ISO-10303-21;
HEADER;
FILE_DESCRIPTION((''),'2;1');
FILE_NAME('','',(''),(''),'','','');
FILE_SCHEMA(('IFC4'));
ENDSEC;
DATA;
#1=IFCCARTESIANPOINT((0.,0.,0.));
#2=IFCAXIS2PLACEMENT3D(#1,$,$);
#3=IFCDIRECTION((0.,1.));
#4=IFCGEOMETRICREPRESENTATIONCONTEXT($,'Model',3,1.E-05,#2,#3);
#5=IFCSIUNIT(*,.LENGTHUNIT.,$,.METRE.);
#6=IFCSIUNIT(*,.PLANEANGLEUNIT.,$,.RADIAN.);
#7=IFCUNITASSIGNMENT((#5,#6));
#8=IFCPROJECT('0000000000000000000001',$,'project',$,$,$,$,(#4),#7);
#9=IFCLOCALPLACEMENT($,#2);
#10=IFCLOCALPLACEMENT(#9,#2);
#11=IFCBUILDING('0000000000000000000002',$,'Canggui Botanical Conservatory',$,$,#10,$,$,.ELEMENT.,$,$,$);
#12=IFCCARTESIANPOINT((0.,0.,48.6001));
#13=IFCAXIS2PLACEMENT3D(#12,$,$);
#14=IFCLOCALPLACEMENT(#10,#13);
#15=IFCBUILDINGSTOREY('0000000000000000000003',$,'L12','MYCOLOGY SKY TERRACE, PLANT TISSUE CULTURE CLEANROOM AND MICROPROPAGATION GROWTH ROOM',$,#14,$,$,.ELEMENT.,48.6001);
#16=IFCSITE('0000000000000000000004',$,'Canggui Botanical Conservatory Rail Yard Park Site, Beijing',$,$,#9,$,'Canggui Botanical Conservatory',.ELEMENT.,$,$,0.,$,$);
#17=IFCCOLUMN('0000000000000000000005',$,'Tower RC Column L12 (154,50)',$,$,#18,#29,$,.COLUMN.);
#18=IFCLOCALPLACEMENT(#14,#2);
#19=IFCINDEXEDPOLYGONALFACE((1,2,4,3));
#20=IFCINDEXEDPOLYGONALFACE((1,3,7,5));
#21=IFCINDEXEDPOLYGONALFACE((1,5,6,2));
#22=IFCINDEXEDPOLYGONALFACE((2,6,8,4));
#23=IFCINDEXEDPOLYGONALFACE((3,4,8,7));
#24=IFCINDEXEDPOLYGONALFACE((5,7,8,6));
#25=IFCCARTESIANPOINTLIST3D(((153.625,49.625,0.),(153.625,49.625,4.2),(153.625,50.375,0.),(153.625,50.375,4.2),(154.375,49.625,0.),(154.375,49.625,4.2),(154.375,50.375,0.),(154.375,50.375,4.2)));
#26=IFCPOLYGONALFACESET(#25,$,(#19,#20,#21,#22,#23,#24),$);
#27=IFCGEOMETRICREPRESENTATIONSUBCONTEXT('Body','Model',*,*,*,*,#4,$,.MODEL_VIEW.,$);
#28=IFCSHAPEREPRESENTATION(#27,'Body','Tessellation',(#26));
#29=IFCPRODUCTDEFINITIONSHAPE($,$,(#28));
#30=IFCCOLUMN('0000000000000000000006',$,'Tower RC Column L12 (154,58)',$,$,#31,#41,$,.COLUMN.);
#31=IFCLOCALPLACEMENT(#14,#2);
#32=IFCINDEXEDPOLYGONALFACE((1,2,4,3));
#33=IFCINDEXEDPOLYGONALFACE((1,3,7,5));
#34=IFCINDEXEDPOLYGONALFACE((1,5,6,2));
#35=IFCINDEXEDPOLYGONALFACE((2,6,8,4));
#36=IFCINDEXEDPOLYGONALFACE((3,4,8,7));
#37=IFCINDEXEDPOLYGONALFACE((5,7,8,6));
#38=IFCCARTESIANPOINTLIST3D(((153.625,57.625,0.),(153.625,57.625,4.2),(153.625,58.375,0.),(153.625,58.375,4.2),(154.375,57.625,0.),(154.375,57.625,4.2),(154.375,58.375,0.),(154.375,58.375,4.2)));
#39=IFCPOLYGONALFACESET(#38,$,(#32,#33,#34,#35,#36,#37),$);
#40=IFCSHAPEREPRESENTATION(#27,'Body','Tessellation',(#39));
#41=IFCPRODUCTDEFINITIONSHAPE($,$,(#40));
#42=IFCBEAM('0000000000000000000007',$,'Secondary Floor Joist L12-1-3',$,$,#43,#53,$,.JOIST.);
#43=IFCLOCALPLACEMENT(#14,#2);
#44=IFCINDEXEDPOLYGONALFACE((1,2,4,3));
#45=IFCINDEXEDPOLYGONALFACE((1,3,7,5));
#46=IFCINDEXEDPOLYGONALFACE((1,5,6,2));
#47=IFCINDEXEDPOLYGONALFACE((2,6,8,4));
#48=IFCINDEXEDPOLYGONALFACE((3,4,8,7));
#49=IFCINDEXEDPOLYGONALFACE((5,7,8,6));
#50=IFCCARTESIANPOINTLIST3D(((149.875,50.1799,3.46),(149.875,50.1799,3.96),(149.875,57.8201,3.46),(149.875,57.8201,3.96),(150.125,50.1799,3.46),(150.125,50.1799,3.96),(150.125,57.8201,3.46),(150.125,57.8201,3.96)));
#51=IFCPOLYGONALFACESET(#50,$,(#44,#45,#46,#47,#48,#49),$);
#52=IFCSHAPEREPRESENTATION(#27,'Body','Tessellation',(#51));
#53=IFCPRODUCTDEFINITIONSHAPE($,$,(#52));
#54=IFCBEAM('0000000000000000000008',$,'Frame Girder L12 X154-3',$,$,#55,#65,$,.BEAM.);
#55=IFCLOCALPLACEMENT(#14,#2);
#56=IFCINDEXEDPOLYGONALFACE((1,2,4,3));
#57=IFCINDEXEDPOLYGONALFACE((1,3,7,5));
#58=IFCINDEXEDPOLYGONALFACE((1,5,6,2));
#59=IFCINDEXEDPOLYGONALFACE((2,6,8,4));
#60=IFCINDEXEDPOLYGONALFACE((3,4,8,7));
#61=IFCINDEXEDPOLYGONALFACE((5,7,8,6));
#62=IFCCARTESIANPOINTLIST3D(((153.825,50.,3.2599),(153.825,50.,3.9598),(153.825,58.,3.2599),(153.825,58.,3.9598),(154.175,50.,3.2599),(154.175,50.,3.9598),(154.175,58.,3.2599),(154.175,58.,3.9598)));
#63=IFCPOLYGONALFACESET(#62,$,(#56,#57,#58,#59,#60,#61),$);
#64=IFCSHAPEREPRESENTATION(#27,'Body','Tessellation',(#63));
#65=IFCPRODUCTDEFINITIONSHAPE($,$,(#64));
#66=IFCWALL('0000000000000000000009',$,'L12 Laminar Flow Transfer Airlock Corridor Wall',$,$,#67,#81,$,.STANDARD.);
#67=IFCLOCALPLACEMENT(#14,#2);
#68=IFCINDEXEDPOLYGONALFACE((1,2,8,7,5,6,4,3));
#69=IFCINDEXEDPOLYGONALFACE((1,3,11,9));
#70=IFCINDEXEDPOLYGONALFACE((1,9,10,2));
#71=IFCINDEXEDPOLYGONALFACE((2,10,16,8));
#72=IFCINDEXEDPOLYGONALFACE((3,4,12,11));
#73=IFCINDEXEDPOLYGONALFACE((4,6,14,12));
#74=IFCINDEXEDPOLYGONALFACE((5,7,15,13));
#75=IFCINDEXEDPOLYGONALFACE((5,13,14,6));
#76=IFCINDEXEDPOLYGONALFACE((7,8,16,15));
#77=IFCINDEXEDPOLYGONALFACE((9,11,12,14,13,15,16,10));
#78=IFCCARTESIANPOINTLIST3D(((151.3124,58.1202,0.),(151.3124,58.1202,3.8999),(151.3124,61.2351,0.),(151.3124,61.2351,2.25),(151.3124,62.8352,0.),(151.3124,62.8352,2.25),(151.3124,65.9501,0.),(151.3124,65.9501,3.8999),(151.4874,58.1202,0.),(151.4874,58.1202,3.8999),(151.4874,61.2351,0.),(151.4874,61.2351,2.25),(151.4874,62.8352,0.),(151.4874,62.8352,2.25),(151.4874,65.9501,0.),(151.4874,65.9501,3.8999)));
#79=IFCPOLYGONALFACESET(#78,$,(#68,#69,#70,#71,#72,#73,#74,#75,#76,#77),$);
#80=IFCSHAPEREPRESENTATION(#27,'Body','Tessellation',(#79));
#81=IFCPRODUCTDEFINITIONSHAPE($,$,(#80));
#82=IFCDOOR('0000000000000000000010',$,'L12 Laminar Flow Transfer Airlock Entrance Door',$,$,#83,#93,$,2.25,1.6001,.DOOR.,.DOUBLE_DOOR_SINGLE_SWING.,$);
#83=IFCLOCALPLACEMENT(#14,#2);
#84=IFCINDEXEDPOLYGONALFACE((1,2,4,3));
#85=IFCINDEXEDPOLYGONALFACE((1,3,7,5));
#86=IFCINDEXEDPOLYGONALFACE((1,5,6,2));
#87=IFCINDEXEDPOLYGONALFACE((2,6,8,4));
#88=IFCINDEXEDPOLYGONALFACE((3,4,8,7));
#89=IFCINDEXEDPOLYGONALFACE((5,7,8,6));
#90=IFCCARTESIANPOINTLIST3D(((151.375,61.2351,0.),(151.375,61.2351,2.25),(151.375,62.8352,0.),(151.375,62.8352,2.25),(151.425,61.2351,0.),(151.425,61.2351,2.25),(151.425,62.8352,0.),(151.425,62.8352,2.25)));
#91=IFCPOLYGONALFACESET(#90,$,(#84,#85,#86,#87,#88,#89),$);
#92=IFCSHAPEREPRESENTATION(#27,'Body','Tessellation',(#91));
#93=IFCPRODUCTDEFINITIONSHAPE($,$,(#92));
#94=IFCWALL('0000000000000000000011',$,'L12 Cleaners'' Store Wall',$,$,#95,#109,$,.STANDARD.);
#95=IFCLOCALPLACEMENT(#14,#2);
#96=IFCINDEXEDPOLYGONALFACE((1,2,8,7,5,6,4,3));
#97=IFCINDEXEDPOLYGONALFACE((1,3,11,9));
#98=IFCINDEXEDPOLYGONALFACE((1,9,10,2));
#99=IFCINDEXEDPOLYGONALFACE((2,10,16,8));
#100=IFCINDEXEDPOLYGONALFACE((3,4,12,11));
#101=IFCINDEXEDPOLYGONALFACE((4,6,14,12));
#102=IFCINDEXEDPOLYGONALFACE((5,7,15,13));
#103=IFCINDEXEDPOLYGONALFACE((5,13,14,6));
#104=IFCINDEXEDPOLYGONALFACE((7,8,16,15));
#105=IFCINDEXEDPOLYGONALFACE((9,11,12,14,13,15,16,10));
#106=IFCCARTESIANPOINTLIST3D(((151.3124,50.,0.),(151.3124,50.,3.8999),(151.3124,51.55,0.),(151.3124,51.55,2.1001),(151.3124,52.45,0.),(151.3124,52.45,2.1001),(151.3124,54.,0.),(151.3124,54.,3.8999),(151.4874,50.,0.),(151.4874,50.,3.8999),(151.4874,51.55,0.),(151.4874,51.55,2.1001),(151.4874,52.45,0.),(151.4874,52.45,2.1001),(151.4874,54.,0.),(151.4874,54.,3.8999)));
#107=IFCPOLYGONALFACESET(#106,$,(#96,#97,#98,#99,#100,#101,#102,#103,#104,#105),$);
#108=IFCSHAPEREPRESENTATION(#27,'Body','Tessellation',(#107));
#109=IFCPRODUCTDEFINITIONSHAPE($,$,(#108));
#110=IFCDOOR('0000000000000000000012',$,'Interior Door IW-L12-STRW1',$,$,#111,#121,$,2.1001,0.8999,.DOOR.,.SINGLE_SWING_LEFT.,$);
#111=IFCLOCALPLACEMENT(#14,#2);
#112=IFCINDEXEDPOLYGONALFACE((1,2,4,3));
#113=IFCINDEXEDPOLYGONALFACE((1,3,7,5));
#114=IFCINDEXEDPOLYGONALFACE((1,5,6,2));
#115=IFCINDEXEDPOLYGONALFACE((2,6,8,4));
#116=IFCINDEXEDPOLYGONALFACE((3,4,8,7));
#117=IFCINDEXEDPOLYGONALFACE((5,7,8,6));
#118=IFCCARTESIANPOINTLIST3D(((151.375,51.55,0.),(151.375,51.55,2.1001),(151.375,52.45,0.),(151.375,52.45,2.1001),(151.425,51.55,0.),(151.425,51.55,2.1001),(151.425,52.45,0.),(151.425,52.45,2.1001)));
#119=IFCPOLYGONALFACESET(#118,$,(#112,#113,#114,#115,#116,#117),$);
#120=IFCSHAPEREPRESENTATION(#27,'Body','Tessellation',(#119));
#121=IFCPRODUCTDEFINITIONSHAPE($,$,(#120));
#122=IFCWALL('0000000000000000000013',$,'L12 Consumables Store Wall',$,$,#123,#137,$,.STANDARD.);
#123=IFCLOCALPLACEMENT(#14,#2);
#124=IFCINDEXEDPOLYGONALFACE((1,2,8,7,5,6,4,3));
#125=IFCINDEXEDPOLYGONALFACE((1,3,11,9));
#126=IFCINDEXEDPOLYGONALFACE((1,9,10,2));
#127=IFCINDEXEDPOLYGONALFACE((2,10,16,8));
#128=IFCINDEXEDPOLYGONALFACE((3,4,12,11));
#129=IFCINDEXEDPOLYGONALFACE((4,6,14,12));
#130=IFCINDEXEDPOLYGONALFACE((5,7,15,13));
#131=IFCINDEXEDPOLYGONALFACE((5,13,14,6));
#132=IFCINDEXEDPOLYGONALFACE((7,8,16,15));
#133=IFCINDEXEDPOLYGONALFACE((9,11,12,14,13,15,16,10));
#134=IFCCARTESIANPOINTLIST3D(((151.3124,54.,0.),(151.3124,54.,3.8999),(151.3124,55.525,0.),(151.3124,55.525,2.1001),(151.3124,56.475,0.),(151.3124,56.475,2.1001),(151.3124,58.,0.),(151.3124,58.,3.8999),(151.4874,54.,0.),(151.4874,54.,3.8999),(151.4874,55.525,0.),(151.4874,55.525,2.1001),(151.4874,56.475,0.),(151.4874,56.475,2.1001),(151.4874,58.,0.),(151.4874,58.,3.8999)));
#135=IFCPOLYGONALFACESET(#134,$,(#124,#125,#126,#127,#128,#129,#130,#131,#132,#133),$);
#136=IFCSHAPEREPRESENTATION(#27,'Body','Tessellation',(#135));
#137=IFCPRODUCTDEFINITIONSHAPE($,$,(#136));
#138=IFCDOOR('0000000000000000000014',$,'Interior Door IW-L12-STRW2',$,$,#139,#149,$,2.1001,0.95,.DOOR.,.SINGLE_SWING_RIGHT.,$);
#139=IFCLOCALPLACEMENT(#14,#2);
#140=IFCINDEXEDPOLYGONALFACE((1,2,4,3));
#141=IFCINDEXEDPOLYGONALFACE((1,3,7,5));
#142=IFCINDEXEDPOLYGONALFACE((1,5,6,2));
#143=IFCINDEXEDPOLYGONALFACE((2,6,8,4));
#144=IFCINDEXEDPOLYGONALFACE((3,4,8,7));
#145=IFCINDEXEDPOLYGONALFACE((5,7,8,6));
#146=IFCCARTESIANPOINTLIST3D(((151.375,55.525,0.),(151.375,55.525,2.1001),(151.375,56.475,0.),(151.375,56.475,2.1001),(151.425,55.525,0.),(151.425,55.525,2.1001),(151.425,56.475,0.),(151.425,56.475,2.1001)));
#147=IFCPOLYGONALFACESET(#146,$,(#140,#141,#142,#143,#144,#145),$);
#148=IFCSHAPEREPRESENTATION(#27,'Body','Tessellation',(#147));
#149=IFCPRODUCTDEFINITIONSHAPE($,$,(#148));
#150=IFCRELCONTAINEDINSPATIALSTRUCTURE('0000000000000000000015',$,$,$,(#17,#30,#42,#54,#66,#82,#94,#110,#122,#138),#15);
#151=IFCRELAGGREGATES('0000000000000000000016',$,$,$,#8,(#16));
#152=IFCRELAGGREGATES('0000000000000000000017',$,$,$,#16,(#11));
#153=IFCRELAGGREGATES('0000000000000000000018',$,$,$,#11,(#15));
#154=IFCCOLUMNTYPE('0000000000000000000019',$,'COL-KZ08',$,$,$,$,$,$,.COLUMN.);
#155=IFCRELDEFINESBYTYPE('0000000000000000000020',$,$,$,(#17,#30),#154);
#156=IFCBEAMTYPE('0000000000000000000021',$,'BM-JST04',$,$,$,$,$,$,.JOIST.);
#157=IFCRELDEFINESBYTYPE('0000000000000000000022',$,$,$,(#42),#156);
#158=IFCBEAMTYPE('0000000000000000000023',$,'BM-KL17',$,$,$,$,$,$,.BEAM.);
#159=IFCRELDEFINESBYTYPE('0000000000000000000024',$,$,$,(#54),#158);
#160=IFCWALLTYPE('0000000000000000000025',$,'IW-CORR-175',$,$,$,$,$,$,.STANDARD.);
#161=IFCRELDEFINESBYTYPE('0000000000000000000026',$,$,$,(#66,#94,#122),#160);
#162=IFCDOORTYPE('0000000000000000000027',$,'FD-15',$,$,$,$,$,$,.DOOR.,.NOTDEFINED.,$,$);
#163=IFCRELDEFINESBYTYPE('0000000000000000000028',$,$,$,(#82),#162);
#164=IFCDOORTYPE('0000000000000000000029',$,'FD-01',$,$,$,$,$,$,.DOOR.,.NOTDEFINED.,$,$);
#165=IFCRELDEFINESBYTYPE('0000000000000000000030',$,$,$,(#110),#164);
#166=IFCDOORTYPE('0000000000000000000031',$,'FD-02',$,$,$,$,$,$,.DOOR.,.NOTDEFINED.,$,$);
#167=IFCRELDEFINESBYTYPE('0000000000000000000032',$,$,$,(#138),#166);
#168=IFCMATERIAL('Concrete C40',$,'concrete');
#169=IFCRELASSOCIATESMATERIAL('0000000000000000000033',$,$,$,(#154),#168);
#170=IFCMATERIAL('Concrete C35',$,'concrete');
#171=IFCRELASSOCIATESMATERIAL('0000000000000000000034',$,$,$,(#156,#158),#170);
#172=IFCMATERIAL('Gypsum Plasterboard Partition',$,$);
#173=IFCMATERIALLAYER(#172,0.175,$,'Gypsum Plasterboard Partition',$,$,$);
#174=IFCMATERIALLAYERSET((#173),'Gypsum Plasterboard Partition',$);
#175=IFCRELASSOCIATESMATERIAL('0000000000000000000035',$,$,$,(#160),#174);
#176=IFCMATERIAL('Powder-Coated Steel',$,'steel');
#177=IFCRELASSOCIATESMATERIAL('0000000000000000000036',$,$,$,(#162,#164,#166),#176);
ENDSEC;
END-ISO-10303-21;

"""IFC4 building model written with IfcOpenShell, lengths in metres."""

from ifc_helpers import new_model, si_unit, direction, frame, frame_2d, origin, origin_2d, place, context, subcontext, project, spatial, rectangle, extrude, material, layer, layer_set, material_profile, profile_set, type_object, element, fill, save


model = new_model("IFC4")

# Units and contexts
model_context = context("Model", 3, precision=1e-05, world=origin(), true_north=direction((0.0, 1.0)))
body_context = subcontext(model_context, "Body", "Model", "MODEL_VIEW")
ifc_project = project(units=[si_unit("LENGTHUNIT", "METRE"), si_unit("PLANEANGLEUNIT", "RADIAN")], contexts=[model_context])

# Site, building, storey
site_placement = place(None, origin())
site = spatial("IfcSite", under=ifc_project, at=site_placement, Name="Canggui Botanical Conservatory Rail Yard Park Site, Beijing", LongName="Canggui Botanical Conservatory", CompositionType="ELEMENT", RefElevation=0.0)
building_placement = place(site_placement, origin())
building = spatial("IfcBuilding", under=site, at=building_placement, Name="Canggui Botanical Conservatory", CompositionType="ELEMENT")
storey_placement = place(building_placement, frame((0.0, 0.0, 48.6001)))
storey = spatial("IfcBuildingStorey", under=building, at=storey_placement, Name="L12", Description="MYCOLOGY SKY TERRACE, PLANT TISSUE CULTURE CLEANROOM AND MICROPROPAGATION GROWTH ROOM", CompositionType="ELEMENT", Elevation=48.6001)

# Columns
ifc_material_1 = material(Name="Concrete C40", Category="concrete")
ifc_material_profile_1 = material_profile(ifc_material_1, rectangle(XDim=0.75, YDim=0.75, at=origin_2d()), Name="RC 750x750")
ifc_profile_set_1 = profile_set([ifc_material_profile_1], Name="Concrete C40")
column_type = type_object("IfcColumnType", Name="COL-KZ08", PredefinedType="COLUMN", material=ifc_profile_set_1)
for number, where, z_axis, x_axis, name in (
    (1, (154.0, 50.0, 0.0), (0.0, 0.0, 1.0), (1.0, 0.0, 0.0), "Tower RC Column L12 (154,50)"),
    (2, (154.0, 58.0, 0.0), (0.0, 0.0, 1.0), (1.0, 0.0, 0.0), "Tower RC Column L12 (154,58)"),
):
    element("IfcColumn", number, at=place(storey_placement, frame(where, z_axis=z_axis, x_axis=x_axis)), inside=storey, type_object=column_type, Name=name, PredefinedType="COLUMN", context=body_context, shape_type="SweptSolid", body=[
        extrude(rectangle(XDim=0.75, YDim=0.75, at=origin_2d()), origin(), (0.0, 0.0, 1.0), 4.2),
    ])

# Beams
ifc_material_2 = material(Name="Concrete C35", Category="concrete")
ifc_material_profile_2 = material_profile(ifc_material_2, rectangle(XDim=0.25, YDim=0.5, at=origin_2d()), Name="RB 250x500")
ifc_profile_set_2 = profile_set([ifc_material_profile_2], Name="Concrete C35")
beam_type_1 = type_object("IfcBeamType", Name="BM-JST04", PredefinedType="JOIST", material=ifc_profile_set_2)
beam_1_placement = place(storey_placement, frame((150.0, 50.1799, 3.71), z_axis=(0.0, 1.0, 0.0), x_axis=(-1.0, 0.0, 0.0)))
element("IfcBeam", 3, at=beam_1_placement, inside=storey, type_object=beam_type_1, Name="Secondary Floor Joist L12-1-3", PredefinedType="JOIST", context=body_context, shape_type="SweptSolid", body=[
    extrude(rectangle(XDim=0.25, YDim=0.5, at=origin_2d()), origin(), (0.0, 0.0, 1.0), 7.6401),
])
ifc_material_profile_3 = material_profile(ifc_material_2, rectangle(XDim=0.3501, YDim=0.7, at=origin_2d()), Name="RB 350x700")
ifc_profile_set_3 = profile_set([ifc_material_profile_3], Name="Concrete C35")
beam_type_2 = type_object("IfcBeamType", Name="BM-KL17", PredefinedType="BEAM", material=ifc_profile_set_3)
beam_2_placement = place(storey_placement, frame((154.0, 50.0, 3.6099), z_axis=(0.0, 1.0, 0.0), x_axis=(-1.0, 0.0, 0.0)))
element("IfcBeam", 4, at=beam_2_placement, inside=storey, type_object=beam_type_2, Name="Frame Girder L12 X154-3", PredefinedType="BEAM", context=body_context, shape_type="SweptSolid", body=[
    extrude(rectangle(XDim=0.3501, YDim=0.7, at=origin_2d()), origin(), (0.0, 0.0, 1.0), 8.0),
])

# Walls, openings, doors
ifc_material_3 = material(Name="Gypsum Plasterboard Partition")
ifc_layer_1 = layer(ifc_material_3, 0.175, Name="Gypsum Plasterboard Partition")
ifc_layer_set_1 = layer_set([ifc_layer_1], Name="Gypsum Plasterboard Partition")
wall_type_1 = type_object("IfcWallType", Name="IW-CORR-175", PredefinedType="STANDARD", material=ifc_layer_set_1)
wall_1_placement = place(storey_placement, frame((151.3999, 58.1201, 0.0), z_axis=(0.0, 0.0, 1.0), x_axis=(0.0, 1.0, 0.0)))
wall_1 = element("IfcWall", 5, at=wall_1_placement, inside=storey, type_object=wall_type_1, Name="L12 Laminar Flow Transfer Airlock Corridor Wall", PredefinedType="STANDARD", context=body_context, shape_type="SweptSolid", body=[
    extrude(rectangle(XDim=7.8298, YDim=0.175, at=frame_2d((3.915, 0.0))), origin(), (0.0, 0.0, 1.0), 3.8999),
])
opening_1_placement = place(wall_1_placement, frame((3.115, 0.0, 0.0)))
opening_1 = element("IfcOpeningElement", 6, at=opening_1_placement, cuts=wall_1, PredefinedType="OPENING", context=body_context, shape_type="SweptSolid", body=[
    extrude(rectangle(XDim=1.6001, YDim=2.25, at=frame_2d((0.8, 1.125))), frame((0.0, 0.0977, 0.0), z_axis=(0.0, -1.0, 0.0), x_axis=(1.0, 0.0, 0.0)), (0.0, 0.0, 1.0), 0.1951),
])
ifc_material_4 = material(Name="Powder-Coated Steel", Category="steel")
door_type_1 = type_object("IfcDoorType", Name="FD-15", OperationType="NOTDEFINED", PredefinedType="DOOR", material=ifc_material_4)
door_1_placement = place(opening_1_placement, origin())
door_1 = element("IfcDoor", 7, at=door_1_placement, inside=storey, type_object=door_type_1, Name="L12 Laminar Flow Transfer Airlock Entrance Door", OperationType="DOUBLE_DOOR_SINGLE_SWING", OverallHeight=2.25, OverallWidth=1.6001, PredefinedType="DOOR", context=body_context, shape_type="SweptSolid", body=[
    extrude(rectangle(XDim=1.6001, YDim=2.25, at=frame_2d((0.8, 1.125))), frame((0.0, 0.0249, 0.0), z_axis=(0.0, -1.0, 0.0), x_axis=(1.0, 0.0, 0.0)), (0.0, 0.0, 1.0), 0.05),
])
fill(opening_1, door_1)
wall_2_placement = place(storey_placement, frame((151.3999, 50.0, 0.0), z_axis=(0.0, 0.0, 1.0), x_axis=(0.0, 1.0, 0.0)))
wall_2 = element("IfcWall", 8, at=wall_2_placement, inside=storey, type_object=wall_type_1, Name="L12 Cleaners' Store Wall", PredefinedType="STANDARD", context=body_context, shape_type="SweptSolid", body=[
    extrude(rectangle(XDim=4.0, YDim=0.175, at=frame_2d((2.0, 0.0))), origin(), (0.0, 0.0, 1.0), 3.8999),
])
opening_2_placement = place(wall_2_placement, frame((1.55, 0.0, 0.0)))
opening_2 = element("IfcOpeningElement", 9, at=opening_2_placement, cuts=wall_2, PredefinedType="OPENING", context=body_context, shape_type="SweptSolid", body=[
    extrude(rectangle(XDim=0.8999, YDim=2.1001, at=frame_2d((0.45, 1.05))), frame((0.0, 0.0977, 0.0), z_axis=(0.0, -1.0, 0.0), x_axis=(1.0, 0.0, 0.0)), (0.0, 0.0, 1.0), 0.1951),
])
door_type_2 = type_object("IfcDoorType", Name="FD-01", OperationType="NOTDEFINED", PredefinedType="DOOR", material=ifc_material_4)
door_2_placement = place(opening_2_placement, origin())
door_2 = element("IfcDoor", 10, at=door_2_placement, inside=storey, type_object=door_type_2, Name="Interior Door IW-L12-STRW1", OperationType="SINGLE_SWING_LEFT", OverallHeight=2.1001, OverallWidth=0.8999, PredefinedType="DOOR", context=body_context, shape_type="SweptSolid", body=[
    extrude(rectangle(XDim=0.8999, YDim=2.1001, at=frame_2d((0.45, 1.05))), frame((0.0, 0.0249, 0.0), z_axis=(0.0, -1.0, 0.0), x_axis=(1.0, 0.0, 0.0)), (0.0, 0.0, 1.0), 0.05),
])
fill(opening_2, door_2)
wall_3_placement = place(storey_placement, frame((151.3999, 54.0, 0.0), z_axis=(0.0, 0.0, 1.0), x_axis=(0.0, 1.0, 0.0)))
wall_3 = element("IfcWall", 11, at=wall_3_placement, inside=storey, type_object=wall_type_1, Name="L12 Consumables Store Wall", PredefinedType="STANDARD", context=body_context, shape_type="SweptSolid", body=[
    extrude(rectangle(XDim=4.0, YDim=0.175, at=frame_2d((2.0, 0.0))), origin(), (0.0, 0.0, 1.0), 3.8999),
])
opening_3_placement = place(wall_3_placement, frame((1.5249, 0.0, 0.0)))
opening_3 = element("IfcOpeningElement", 12, at=opening_3_placement, cuts=wall_3, PredefinedType="OPENING", context=body_context, shape_type="SweptSolid", body=[
    extrude(rectangle(XDim=0.95, YDim=2.1001, at=frame_2d((0.4751, 1.05))), frame((0.0, 0.0977, 0.0), z_axis=(0.0, -1.0, 0.0), x_axis=(1.0, 0.0, 0.0)), (0.0, 0.0, 1.0), 0.1951),
])
door_type_3 = type_object("IfcDoorType", Name="FD-02", OperationType="NOTDEFINED", PredefinedType="DOOR", material=ifc_material_4)
door_3_placement = place(opening_3_placement, origin())
door_3 = element("IfcDoor", 13, at=door_3_placement, inside=storey, type_object=door_type_3, Name="Interior Door IW-L12-STRW2", OperationType="SINGLE_SWING_RIGHT", OverallHeight=2.1001, OverallWidth=0.95, PredefinedType="DOOR", context=body_context, shape_type="SweptSolid", body=[
    extrude(rectangle(XDim=0.95, YDim=2.1001, at=frame_2d((0.4751, 1.05))), frame((0.0, 0.0249, 0.0), z_axis=(0.0, -1.0, 0.0), x_axis=(1.0, 0.0, 0.0)), (0.0, 0.0, 1.0), 0.05),
])
fill(opening_3, door_3)

save(model, "model.ifc")
